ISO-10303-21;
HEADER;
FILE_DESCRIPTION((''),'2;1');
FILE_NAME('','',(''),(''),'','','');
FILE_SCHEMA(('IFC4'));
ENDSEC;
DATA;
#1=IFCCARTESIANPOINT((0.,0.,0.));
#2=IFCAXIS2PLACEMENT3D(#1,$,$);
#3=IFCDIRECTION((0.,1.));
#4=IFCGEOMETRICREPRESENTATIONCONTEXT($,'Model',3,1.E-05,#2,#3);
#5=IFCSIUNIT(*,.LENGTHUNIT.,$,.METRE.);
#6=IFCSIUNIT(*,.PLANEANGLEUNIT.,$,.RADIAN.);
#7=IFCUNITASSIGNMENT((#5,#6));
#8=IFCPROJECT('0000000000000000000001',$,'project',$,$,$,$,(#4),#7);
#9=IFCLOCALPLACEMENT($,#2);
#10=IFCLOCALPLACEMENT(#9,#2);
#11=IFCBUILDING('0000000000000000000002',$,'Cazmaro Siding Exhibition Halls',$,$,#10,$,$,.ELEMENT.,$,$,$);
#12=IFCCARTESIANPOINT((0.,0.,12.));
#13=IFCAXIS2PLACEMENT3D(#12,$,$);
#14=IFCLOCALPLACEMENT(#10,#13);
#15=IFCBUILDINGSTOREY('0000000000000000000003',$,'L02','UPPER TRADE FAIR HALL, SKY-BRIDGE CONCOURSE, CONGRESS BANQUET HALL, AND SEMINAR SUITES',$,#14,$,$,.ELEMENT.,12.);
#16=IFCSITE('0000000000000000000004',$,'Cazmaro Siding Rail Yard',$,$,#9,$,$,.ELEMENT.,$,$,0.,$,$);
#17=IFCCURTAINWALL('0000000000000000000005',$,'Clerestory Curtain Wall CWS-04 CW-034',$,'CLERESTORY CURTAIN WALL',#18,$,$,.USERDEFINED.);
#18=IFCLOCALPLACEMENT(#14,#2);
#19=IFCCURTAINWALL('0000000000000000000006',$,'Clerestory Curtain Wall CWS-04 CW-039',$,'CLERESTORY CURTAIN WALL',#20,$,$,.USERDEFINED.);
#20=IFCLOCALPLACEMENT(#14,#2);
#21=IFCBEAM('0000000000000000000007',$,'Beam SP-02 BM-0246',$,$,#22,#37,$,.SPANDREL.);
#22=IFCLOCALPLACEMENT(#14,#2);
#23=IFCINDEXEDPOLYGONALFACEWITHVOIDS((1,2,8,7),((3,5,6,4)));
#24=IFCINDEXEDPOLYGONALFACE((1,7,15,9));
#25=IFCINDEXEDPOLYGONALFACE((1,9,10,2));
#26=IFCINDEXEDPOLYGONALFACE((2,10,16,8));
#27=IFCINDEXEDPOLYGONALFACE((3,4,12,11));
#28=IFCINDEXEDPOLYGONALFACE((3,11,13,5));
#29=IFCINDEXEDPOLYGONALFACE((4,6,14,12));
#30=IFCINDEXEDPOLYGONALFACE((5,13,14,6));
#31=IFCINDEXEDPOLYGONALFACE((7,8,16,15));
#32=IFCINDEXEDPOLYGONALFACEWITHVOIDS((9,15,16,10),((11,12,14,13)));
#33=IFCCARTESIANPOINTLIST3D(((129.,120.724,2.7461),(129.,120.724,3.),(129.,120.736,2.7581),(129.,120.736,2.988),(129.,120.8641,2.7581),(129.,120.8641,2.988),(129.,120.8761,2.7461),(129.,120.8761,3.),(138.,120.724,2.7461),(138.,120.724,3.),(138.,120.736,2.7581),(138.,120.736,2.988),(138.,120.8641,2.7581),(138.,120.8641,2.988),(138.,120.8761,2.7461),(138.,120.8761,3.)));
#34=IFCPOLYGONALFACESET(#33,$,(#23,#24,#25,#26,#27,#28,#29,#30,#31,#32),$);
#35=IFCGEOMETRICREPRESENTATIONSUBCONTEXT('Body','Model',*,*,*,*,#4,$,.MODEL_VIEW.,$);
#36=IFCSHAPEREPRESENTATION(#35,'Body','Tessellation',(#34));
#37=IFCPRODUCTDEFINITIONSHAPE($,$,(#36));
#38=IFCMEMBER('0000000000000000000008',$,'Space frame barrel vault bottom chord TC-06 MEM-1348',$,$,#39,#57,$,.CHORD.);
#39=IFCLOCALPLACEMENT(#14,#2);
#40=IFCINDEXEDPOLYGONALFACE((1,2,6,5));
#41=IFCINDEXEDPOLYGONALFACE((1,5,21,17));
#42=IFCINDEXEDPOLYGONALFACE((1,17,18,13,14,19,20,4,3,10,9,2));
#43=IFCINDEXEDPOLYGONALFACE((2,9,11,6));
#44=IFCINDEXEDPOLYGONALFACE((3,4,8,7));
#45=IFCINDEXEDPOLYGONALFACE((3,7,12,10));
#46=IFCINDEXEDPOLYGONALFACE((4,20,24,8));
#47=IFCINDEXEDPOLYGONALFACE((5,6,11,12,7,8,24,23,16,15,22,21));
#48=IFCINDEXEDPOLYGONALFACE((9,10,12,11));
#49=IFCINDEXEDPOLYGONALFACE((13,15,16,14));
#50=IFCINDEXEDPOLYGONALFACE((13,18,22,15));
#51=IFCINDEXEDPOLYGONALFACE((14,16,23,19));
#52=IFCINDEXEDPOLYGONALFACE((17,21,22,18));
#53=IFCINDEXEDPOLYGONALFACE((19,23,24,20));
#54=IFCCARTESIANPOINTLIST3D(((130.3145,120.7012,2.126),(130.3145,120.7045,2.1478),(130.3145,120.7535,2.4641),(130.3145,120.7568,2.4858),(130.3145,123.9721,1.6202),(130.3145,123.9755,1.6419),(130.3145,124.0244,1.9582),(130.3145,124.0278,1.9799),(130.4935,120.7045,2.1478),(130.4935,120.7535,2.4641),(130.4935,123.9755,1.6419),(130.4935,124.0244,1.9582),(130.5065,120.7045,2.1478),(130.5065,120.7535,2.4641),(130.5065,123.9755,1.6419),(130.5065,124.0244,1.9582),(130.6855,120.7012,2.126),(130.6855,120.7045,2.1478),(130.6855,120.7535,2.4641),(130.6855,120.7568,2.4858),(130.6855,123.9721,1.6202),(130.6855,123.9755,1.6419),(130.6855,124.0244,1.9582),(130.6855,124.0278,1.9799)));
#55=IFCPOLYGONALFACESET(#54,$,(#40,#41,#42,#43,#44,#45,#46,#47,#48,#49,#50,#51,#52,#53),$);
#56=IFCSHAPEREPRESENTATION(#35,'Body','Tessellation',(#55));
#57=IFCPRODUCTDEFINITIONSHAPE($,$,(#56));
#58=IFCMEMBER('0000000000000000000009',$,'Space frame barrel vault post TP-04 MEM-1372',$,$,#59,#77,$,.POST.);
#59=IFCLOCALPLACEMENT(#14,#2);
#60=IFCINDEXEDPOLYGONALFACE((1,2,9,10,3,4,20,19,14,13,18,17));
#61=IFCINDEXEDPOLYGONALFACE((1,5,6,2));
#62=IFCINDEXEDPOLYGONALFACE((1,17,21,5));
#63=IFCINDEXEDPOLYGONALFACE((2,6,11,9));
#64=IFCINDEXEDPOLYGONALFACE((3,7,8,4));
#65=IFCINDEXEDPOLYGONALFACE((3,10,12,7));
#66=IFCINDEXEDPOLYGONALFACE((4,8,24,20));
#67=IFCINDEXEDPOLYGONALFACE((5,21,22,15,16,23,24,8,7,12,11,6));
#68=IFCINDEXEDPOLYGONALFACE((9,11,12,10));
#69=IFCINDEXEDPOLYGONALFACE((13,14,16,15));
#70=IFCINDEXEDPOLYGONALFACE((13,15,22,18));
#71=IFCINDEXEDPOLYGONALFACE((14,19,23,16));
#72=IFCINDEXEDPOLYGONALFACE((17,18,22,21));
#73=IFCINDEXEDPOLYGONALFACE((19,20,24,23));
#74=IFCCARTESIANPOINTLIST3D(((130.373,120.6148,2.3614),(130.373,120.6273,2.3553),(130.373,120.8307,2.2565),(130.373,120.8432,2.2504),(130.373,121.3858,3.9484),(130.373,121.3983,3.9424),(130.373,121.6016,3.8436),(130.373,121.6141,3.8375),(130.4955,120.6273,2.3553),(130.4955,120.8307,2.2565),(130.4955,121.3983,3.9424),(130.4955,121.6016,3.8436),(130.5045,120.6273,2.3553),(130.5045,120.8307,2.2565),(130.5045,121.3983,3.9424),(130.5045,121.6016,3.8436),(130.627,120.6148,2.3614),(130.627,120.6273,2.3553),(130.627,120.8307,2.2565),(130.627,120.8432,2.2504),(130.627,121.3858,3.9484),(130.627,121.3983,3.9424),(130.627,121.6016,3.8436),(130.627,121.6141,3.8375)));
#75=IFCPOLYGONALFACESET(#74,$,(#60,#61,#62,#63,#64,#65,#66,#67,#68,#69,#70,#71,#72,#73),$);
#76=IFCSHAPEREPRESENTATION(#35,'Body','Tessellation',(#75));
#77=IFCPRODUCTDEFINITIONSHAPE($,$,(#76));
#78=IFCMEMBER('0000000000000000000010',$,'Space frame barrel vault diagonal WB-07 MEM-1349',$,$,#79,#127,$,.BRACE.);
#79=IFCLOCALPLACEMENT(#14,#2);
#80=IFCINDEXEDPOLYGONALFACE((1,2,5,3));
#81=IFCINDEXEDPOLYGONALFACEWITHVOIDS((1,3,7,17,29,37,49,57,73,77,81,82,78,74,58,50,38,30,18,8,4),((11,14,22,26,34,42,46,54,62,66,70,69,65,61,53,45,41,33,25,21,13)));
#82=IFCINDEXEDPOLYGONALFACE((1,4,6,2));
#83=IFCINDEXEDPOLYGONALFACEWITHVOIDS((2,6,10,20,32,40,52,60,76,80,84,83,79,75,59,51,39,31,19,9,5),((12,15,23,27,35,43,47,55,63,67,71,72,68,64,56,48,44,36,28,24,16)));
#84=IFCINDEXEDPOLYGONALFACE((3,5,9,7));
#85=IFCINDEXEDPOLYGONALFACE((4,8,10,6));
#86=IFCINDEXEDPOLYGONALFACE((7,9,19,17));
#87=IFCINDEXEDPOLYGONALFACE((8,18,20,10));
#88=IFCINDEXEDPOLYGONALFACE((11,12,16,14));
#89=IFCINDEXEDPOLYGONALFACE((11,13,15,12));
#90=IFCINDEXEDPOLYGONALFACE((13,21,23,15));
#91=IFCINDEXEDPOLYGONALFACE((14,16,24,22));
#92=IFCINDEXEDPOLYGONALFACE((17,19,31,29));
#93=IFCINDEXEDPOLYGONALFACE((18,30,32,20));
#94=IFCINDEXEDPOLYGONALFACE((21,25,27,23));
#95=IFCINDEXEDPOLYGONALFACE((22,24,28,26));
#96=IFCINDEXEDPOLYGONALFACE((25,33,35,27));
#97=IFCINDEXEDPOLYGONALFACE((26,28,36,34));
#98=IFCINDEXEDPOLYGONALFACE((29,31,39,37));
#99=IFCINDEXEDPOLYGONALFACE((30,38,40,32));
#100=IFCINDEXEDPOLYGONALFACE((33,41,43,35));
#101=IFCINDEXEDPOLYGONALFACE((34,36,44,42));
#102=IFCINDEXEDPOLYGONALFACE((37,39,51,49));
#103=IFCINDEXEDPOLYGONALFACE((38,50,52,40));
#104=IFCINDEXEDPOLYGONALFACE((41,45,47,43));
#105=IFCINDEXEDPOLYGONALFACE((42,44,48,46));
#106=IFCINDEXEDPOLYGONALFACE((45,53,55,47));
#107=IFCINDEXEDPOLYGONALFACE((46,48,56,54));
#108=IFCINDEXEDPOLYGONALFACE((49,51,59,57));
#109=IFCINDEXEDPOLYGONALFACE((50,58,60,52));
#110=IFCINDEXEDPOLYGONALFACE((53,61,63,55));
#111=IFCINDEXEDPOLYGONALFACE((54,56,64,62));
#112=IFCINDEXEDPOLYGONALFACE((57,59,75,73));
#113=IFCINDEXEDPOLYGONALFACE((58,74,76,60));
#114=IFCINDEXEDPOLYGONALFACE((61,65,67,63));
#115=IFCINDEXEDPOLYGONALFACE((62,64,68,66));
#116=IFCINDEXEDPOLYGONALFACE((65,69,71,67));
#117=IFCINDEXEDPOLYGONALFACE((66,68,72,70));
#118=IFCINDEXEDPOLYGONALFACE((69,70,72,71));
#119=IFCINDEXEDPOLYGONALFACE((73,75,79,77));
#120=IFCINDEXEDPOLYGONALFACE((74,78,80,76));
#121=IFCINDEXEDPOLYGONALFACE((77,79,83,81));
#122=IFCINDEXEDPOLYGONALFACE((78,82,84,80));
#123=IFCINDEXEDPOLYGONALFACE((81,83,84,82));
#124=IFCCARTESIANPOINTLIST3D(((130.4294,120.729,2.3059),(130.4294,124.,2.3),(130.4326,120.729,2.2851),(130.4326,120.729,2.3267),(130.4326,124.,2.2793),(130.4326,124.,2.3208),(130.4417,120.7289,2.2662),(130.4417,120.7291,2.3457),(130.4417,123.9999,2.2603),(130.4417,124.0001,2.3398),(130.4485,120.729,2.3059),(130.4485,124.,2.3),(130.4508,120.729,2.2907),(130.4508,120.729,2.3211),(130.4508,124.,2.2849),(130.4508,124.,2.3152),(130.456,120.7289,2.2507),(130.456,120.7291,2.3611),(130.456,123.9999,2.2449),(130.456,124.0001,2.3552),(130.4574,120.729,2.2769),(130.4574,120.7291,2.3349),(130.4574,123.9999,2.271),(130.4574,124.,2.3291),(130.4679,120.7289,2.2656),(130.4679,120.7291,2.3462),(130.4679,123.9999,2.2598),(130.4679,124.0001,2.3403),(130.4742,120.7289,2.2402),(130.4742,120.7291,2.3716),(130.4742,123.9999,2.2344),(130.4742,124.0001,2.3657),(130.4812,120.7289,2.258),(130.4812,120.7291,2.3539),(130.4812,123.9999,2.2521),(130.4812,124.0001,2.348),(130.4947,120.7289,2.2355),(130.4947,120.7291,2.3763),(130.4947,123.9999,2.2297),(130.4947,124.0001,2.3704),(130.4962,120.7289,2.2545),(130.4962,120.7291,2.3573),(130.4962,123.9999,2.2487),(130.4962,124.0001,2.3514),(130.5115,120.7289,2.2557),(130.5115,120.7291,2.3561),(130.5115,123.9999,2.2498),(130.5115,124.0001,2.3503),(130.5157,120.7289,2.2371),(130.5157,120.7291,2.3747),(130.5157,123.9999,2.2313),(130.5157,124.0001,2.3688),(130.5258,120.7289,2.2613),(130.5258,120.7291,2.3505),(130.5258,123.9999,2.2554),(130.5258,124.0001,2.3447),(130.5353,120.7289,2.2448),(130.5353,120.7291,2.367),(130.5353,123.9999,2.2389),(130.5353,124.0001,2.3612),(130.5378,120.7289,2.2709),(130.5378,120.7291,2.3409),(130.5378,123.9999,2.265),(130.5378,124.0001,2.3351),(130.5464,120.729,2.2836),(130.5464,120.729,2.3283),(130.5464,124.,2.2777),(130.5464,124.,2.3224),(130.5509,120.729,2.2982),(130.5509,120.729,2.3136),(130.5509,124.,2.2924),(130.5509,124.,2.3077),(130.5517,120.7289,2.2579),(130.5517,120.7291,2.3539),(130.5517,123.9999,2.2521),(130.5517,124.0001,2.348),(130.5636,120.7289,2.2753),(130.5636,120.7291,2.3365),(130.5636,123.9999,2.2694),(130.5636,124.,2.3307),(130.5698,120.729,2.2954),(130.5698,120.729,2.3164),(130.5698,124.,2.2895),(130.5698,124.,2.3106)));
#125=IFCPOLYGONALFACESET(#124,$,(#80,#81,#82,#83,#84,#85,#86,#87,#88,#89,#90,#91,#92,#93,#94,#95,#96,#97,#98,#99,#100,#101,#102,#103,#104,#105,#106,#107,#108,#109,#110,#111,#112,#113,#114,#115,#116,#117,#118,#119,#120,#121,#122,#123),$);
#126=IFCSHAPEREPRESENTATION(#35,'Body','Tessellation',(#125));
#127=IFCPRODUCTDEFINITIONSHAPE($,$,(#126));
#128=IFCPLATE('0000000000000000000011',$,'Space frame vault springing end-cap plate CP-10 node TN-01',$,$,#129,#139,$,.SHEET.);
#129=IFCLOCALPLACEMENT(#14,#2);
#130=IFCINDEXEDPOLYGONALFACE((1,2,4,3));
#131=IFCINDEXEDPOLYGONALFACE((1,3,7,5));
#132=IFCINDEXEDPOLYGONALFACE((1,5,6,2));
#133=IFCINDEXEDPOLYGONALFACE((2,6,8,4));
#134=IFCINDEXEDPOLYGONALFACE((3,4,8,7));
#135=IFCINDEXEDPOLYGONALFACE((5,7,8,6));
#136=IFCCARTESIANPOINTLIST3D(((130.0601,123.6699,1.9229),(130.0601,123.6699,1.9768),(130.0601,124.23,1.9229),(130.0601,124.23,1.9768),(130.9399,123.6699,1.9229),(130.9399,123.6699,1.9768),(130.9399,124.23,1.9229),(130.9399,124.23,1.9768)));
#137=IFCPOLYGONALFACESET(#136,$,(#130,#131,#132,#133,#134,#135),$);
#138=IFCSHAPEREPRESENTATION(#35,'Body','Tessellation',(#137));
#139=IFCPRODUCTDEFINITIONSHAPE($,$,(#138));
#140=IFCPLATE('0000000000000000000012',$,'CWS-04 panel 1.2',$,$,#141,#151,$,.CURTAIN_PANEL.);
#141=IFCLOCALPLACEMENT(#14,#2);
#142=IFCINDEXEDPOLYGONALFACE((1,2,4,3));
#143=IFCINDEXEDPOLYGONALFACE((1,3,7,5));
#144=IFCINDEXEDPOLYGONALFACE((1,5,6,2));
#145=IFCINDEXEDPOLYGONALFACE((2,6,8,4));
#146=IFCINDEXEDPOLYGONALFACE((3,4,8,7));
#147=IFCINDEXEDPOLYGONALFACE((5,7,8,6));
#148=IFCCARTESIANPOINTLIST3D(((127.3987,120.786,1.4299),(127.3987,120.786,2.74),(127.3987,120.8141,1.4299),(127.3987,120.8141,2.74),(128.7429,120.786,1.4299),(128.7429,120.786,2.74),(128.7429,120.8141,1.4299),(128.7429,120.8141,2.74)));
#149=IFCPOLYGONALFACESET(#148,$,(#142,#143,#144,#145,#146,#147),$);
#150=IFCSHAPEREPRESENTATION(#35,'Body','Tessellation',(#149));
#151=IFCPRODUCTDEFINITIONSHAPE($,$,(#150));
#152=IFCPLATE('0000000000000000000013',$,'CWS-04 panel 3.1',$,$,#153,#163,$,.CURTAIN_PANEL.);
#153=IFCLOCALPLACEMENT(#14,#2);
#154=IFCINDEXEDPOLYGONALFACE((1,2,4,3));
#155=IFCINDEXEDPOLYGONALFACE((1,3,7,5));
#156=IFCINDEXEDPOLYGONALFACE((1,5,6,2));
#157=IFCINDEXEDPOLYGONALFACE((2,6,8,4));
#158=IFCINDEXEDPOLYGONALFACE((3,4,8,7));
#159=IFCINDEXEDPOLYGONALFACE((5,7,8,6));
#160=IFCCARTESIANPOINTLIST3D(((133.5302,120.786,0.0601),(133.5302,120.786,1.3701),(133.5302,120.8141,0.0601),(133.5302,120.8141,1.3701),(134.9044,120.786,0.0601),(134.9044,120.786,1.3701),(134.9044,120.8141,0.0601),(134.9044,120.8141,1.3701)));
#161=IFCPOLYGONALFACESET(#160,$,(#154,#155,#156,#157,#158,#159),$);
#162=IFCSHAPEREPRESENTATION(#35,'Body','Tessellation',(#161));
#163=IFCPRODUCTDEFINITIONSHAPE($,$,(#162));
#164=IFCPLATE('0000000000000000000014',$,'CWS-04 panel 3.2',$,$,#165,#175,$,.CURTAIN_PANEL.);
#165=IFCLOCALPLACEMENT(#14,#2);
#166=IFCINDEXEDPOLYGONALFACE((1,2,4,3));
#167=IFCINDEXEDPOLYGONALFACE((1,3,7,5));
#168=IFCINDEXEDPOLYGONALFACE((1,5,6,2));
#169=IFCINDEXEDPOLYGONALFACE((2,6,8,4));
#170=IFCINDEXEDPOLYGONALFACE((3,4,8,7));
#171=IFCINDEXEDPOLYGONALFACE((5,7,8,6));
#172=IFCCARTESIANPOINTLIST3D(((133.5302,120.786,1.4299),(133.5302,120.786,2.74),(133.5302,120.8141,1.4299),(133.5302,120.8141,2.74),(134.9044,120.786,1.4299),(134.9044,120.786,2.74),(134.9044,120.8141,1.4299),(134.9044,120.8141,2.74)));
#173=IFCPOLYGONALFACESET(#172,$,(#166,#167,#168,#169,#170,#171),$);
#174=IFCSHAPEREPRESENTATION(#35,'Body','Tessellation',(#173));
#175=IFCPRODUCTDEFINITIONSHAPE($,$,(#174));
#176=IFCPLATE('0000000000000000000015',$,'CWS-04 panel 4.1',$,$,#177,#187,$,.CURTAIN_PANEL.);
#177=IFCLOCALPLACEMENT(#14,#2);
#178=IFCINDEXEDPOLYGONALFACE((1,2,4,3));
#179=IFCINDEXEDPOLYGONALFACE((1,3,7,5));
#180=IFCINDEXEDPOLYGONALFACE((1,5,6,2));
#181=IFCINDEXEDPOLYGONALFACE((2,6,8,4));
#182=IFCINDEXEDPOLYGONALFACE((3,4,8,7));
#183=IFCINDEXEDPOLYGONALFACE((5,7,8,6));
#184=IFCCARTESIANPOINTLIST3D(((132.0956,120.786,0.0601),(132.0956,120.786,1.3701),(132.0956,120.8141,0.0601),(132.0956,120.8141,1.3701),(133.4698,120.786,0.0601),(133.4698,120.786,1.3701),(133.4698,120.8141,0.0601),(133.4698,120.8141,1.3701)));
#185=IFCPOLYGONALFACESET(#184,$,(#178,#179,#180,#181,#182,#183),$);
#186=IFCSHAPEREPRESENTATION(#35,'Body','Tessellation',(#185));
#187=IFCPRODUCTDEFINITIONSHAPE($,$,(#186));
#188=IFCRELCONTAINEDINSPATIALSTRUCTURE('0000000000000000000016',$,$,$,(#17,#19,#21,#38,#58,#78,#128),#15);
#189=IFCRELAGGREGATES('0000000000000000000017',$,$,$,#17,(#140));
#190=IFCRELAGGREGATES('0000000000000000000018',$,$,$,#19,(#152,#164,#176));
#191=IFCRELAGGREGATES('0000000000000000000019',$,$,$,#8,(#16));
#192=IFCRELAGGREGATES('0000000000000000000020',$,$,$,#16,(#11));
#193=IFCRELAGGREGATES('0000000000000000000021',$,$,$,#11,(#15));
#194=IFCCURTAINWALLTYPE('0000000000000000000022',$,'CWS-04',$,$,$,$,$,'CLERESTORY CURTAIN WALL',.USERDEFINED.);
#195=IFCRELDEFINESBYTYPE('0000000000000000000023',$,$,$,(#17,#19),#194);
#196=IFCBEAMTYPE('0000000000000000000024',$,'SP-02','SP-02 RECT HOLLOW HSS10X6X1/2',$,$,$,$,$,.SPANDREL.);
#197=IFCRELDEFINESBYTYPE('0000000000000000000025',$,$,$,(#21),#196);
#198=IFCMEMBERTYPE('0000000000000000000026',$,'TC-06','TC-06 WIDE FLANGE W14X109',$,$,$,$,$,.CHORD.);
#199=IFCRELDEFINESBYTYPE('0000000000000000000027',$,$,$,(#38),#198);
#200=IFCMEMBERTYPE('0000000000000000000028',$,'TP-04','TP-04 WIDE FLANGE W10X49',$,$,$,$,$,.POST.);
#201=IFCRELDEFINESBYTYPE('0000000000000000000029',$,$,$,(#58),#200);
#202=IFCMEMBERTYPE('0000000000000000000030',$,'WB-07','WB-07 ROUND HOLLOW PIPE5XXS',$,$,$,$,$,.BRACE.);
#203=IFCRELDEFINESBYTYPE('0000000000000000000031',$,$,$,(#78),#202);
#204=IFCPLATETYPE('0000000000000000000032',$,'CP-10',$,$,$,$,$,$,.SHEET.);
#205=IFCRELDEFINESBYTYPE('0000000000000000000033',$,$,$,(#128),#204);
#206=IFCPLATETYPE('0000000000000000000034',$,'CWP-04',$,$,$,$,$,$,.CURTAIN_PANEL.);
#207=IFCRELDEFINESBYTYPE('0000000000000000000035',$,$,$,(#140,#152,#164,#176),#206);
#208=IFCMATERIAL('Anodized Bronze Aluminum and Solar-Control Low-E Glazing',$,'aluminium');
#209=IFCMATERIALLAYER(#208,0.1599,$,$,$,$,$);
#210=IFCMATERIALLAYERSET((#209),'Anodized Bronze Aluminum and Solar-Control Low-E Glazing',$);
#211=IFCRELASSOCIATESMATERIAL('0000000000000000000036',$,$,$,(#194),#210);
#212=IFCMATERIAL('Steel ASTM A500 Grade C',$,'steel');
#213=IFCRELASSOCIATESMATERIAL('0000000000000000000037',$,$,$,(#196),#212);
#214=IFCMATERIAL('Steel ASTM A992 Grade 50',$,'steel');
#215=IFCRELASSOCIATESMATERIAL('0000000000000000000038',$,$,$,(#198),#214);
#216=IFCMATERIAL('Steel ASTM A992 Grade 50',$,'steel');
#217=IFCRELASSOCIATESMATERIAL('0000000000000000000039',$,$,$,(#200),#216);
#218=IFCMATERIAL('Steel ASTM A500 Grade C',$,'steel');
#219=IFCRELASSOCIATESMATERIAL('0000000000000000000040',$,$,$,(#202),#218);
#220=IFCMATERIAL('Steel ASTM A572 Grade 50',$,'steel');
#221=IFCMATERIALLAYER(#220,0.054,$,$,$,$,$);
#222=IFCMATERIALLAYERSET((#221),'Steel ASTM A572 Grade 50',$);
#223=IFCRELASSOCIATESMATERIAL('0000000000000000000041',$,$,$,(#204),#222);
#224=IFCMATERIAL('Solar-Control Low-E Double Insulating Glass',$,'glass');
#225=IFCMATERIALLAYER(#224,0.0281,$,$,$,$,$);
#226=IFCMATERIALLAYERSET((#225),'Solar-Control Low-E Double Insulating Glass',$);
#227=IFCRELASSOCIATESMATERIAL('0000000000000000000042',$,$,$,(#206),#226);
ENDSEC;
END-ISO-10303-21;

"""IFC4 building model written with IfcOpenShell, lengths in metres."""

from ifc_helpers import new_model, si_unit, direction, frame, origin, origin_2d, place, context, subcontext, project, spatial, rectangle, hollow_rectangle, hollow_circle, i_section, extrude, material, layer, layer_set, material_profile, profile_set, type_object, element, aggregate, save


model = new_model("IFC4")

# Units and contexts
model_context = context("Model", 3, precision=1e-05, world=origin(), true_north=direction((0.0, 1.0)))
body_context = subcontext(model_context, "Body", "Model", "MODEL_VIEW")
ifc_project = project(units=[si_unit("LENGTHUNIT", "METRE"), si_unit("PLANEANGLEUNIT", "RADIAN")], contexts=[model_context])

# Site, building, storey
site_placement = place(None, origin())
site = spatial("IfcSite", under=ifc_project, at=site_placement, Name="Cazmaro Siding Rail Yard", CompositionType="ELEMENT", RefElevation=0.0)
building_placement = place(site_placement, origin())
building = spatial("IfcBuilding", under=site, at=building_placement, Name="Cazmaro Siding Exhibition Halls", CompositionType="ELEMENT")
storey_placement = place(building_placement, frame((0.0, 0.0, 12.0)))
storey = spatial("IfcBuildingStorey", under=building, at=storey_placement, Name="L02", Description="UPPER TRADE FAIR HALL, SKY-BRIDGE CONCOURSE, CONGRESS BANQUET HALL, AND SEMINAR SUITES", CompositionType="ELEMENT", Elevation=12.0)

# Curtain wall
ifc_material_1 = material(Name="Anodized Bronze Aluminum and Solar-Control Low-E Glazing", Category="aluminium")
ifc_layer_1 = layer(ifc_material_1, 0.1599)
ifc_layer_set_1 = layer_set([ifc_layer_1], Name="Anodized Bronze Aluminum and Solar-Control Low-E Glazing")
curtain_wall_type = type_object("IfcCurtainWallType", Name="CWS-04", ElementType="CLERESTORY CURTAIN WALL", PredefinedType="USERDEFINED", material=ifc_layer_set_1)
curtain_wall_1_placement = place(storey_placement, origin())
curtain_wall_1 = element("IfcCurtainWall", 1, at=curtain_wall_1_placement, inside=storey, type_object=curtain_wall_type, Name="Clerestory Curtain Wall CWS-04 CW-034", ObjectType="CLERESTORY CURTAIN WALL", PredefinedType="USERDEFINED")

# Curtain wall
curtain_wall_2_placement = place(storey_placement, origin())
curtain_wall_2 = element("IfcCurtainWall", 2, at=curtain_wall_2_placement, inside=storey, type_object=curtain_wall_type, Name="Clerestory Curtain Wall CWS-04 CW-039", ObjectType="CLERESTORY CURTAIN WALL", PredefinedType="USERDEFINED")

# Beam
ifc_material_2 = material(Name="Steel ASTM A500 Grade C", Category="steel")
ifc_material_profile_1 = material_profile(ifc_material_2, hollow_rectangle(XDim=0.1521, YDim=0.2539, WallThickness=0.012, at=origin_2d()), Name="HSS10X6X1/2")
ifc_profile_set_1 = profile_set([ifc_material_profile_1], Name="Steel ASTM A500 Grade C")
beam_type_1 = type_object("IfcBeamType", Name="SP-02", Description="SP-02 RECT HOLLOW HSS10X6X1/2", PredefinedType="SPANDREL", material=ifc_profile_set_1)
beam_1_placement = place(storey_placement, frame((129.0, 120.8, 2.873), z_axis=(1.0, 0.0, 0.0), x_axis=(0.0, 1.0, 0.0)))
element("IfcBeam", 3, at=beam_1_placement, inside=storey, type_object=beam_type_1, Name="Beam SP-02 BM-0246", PredefinedType="SPANDREL", context=body_context, shape_type="SweptSolid", body=[
    extrude(hollow_rectangle(XDim=0.1521, YDim=0.2539, WallThickness=0.012, at=origin_2d()), origin(), (0.0, 0.0, 1.0), 9.0),
])

# Members
ifc_material_3 = material(Name="Steel ASTM A992 Grade 50", Category="steel")
ifc_material_profile_2 = material_profile(ifc_material_3, i_section(OverallWidth=0.3711, OverallDepth=0.364, WebThickness=0.0129, FlangeThickness=0.022, at=origin_2d()), Name="W14X109")
ifc_profile_set_2 = profile_set([ifc_material_profile_2], Name="Steel ASTM A992 Grade 50")
member_type_1 = type_object("IfcMemberType", Name="TC-06", Description="TC-06 WIDE FLANGE W14X109", PredefinedType="CHORD", material=ifc_profile_set_2)
member_1_placement = place(storey_placement, frame((130.5, 120.729, 2.3059), z_axis=(0.0, 0.988252, -0.152833), x_axis=(-1.0, 0.0, 0.0)))
element("IfcMember", 4, at=member_1_placement, inside=storey, type_object=member_type_1, Name="Space frame barrel vault bottom chord TC-06 MEM-1348", PredefinedType="CHORD", context=body_context, shape_type="SweptSolid", body=[
    extrude(i_section(OverallWidth=0.3711, OverallDepth=0.364, WebThickness=0.0129, FlangeThickness=0.022, at=origin_2d()), origin(), (0.0, 0.0, 1.0), 3.3098),
])
ifc_material_4 = material(Name="Steel ASTM A992 Grade 50", Category="steel")
ifc_material_profile_3 = material_profile(ifc_material_4, i_section(OverallWidth=0.2539, OverallDepth=0.2539, WebThickness=0.009, FlangeThickness=0.0139, at=origin_2d()), Name="W10X49")
ifc_profile_set_3 = profile_set([ifc_material_profile_3], Name="Steel ASTM A992 Grade 50")
member_type_2 = type_object("IfcMemberType", Name="TP-04", Description="TP-04 WIDE FLANGE W10X49", PredefinedType="POST", material=ifc_profile_set_3)
member_2_placement = place(storey_placement, frame((130.5, 120.729, 2.3059), z_axis=(0.0, 0.436946, 0.899488), x_axis=(-1.0, 0.0, 0.0)))
element("IfcMember", 5, at=member_2_placement, inside=storey, type_object=member_type_2, Name="Space frame barrel vault post TP-04 MEM-1372", PredefinedType="POST", context=body_context, shape_type="SweptSolid", body=[
    extrude(i_section(OverallWidth=0.2539, OverallDepth=0.2539, WebThickness=0.009, FlangeThickness=0.0139, at=origin_2d()), origin(), (0.0, 0.0, 1.0), 1.7644),
])
ifc_material_5 = material(Name="Steel ASTM A500 Grade C", Category="steel")
ifc_material_profile_4 = material_profile(ifc_material_5, hollow_circle(Radius=0.0706, WallThickness=0.019, at=origin_2d()), Name="PIPE5XXS")
ifc_profile_set_4 = profile_set([ifc_material_profile_4], Name="Steel ASTM A500 Grade C")
member_type_3 = type_object("IfcMemberType", Name="WB-07", Description="WB-07 ROUND HOLLOW PIPE5XXS", PredefinedType="BRACE", material=ifc_profile_set_4)
member_3_placement = place(storey_placement, frame((130.5, 120.729, 2.3059), z_axis=(0.0, 0.999998, -0.001791), x_axis=(-1.0, 0.0, 0.0)))
element("IfcMember", 6, at=member_3_placement, inside=storey, type_object=member_type_3, Name="Space frame barrel vault diagonal WB-07 MEM-1349", PredefinedType="BRACE", context=body_context, shape_type="SweptSolid", body=[
    extrude(hollow_circle(Radius=0.0706, WallThickness=0.019, at=origin_2d()), origin(), (0.0, 0.0, 1.0), 3.271),
])

# Plates
ifc_material_6 = material(Name="Steel ASTM A572 Grade 50", Category="steel")
ifc_layer_2 = layer(ifc_material_6, 0.054)
ifc_layer_set_2 = layer_set([ifc_layer_2], Name="Steel ASTM A572 Grade 50")
plate_type_1 = type_object("IfcPlateType", Name="CP-10", PredefinedType="SHEET", material=ifc_layer_set_2)
plate_1_placement = place(storey_placement, frame((130.5, 123.95, 1.9229), z_axis=(0.0, 0.0, 1.0), x_axis=(1.0, 0.0, 0.0)))
element("IfcPlate", 7, at=plate_1_placement, inside=storey, type_object=plate_type_1, Name="Space frame vault springing end-cap plate CP-10 node TN-01", PredefinedType="SHEET", context=body_context, shape_type="SweptSolid", body=[
    extrude(rectangle(XDim=0.8799, YDim=0.5601, at=origin_2d()), origin(), (0.0, 0.0, 1.0), 0.054),
])
ifc_material_7 = material(Name="Solar-Control Low-E Double Insulating Glass", Category="glass")
ifc_layer_3 = layer(ifc_material_7, 0.0281)
ifc_layer_set_3 = layer_set([ifc_layer_3], Name="Solar-Control Low-E Double Insulating Glass")
plate_type_2 = type_object("IfcPlateType", Name="CWP-04", PredefinedType="CURTAIN_PANEL", material=ifc_layer_set_3)
plate_2_placement = place(storey_placement, frame((128.0708, 120.8, 1.4299), z_axis=(0.0, 0.0, 1.0), x_axis=(-1.0, 0.0, 0.0)))
plate_2 = element("IfcPlate", 8, at=plate_2_placement, type_object=plate_type_2, Name="CWS-04 panel 1.2", PredefinedType="CURTAIN_PANEL", context=body_context, shape_type="SweptSolid", body=[
    extrude(rectangle(XDim=1.3442, YDim=0.0281, at=origin_2d()), origin(), (0.0, 0.0, 1.0), 1.3101),
])
aggregate(curtain_wall_1, [plate_2])
plate_3_placement = place(storey_placement, frame((134.2173, 120.8, 0.0601), z_axis=(0.0, 0.0, 1.0), x_axis=(-1.0, 0.0, 0.0)))
plate_3 = element("IfcPlate", 9, at=plate_3_placement, type_object=plate_type_2, Name="CWS-04 panel 3.1", PredefinedType="CURTAIN_PANEL", context=body_context, shape_type="SweptSolid", body=[
    extrude(rectangle(XDim=1.3743, YDim=0.0281, at=origin_2d()), origin(), (0.0, 0.0, 1.0), 1.3101),
])
plate_4_placement = place(storey_placement, frame((134.2173, 120.8, 1.4299), z_axis=(0.0, 0.0, 1.0), x_axis=(-1.0, 0.0, 0.0)))
plate_4 = element("IfcPlate", 10, at=plate_4_placement, type_object=plate_type_2, Name="CWS-04 panel 3.2", PredefinedType="CURTAIN_PANEL", context=body_context, shape_type="SweptSolid", body=[
    extrude(rectangle(XDim=1.3743, YDim=0.0281, at=origin_2d()), origin(), (0.0, 0.0, 1.0), 1.3101),
])
plate_5_placement = place(storey_placement, frame((132.7827, 120.8, 0.0601), z_axis=(0.0, 0.0, 1.0), x_axis=(-1.0, 0.0, 0.0)))
plate_5 = element("IfcPlate", 11, at=plate_5_placement, type_object=plate_type_2, Name="CWS-04 panel 4.1", PredefinedType="CURTAIN_PANEL", context=body_context, shape_type="SweptSolid", body=[
    extrude(rectangle(XDim=1.3743, YDim=0.0281, at=origin_2d()), origin(), (0.0, 0.0, 1.0), 1.3101),
])
aggregate(curtain_wall_2, [plate_3, plate_4, plate_5])

save(model, "model.ifc")
